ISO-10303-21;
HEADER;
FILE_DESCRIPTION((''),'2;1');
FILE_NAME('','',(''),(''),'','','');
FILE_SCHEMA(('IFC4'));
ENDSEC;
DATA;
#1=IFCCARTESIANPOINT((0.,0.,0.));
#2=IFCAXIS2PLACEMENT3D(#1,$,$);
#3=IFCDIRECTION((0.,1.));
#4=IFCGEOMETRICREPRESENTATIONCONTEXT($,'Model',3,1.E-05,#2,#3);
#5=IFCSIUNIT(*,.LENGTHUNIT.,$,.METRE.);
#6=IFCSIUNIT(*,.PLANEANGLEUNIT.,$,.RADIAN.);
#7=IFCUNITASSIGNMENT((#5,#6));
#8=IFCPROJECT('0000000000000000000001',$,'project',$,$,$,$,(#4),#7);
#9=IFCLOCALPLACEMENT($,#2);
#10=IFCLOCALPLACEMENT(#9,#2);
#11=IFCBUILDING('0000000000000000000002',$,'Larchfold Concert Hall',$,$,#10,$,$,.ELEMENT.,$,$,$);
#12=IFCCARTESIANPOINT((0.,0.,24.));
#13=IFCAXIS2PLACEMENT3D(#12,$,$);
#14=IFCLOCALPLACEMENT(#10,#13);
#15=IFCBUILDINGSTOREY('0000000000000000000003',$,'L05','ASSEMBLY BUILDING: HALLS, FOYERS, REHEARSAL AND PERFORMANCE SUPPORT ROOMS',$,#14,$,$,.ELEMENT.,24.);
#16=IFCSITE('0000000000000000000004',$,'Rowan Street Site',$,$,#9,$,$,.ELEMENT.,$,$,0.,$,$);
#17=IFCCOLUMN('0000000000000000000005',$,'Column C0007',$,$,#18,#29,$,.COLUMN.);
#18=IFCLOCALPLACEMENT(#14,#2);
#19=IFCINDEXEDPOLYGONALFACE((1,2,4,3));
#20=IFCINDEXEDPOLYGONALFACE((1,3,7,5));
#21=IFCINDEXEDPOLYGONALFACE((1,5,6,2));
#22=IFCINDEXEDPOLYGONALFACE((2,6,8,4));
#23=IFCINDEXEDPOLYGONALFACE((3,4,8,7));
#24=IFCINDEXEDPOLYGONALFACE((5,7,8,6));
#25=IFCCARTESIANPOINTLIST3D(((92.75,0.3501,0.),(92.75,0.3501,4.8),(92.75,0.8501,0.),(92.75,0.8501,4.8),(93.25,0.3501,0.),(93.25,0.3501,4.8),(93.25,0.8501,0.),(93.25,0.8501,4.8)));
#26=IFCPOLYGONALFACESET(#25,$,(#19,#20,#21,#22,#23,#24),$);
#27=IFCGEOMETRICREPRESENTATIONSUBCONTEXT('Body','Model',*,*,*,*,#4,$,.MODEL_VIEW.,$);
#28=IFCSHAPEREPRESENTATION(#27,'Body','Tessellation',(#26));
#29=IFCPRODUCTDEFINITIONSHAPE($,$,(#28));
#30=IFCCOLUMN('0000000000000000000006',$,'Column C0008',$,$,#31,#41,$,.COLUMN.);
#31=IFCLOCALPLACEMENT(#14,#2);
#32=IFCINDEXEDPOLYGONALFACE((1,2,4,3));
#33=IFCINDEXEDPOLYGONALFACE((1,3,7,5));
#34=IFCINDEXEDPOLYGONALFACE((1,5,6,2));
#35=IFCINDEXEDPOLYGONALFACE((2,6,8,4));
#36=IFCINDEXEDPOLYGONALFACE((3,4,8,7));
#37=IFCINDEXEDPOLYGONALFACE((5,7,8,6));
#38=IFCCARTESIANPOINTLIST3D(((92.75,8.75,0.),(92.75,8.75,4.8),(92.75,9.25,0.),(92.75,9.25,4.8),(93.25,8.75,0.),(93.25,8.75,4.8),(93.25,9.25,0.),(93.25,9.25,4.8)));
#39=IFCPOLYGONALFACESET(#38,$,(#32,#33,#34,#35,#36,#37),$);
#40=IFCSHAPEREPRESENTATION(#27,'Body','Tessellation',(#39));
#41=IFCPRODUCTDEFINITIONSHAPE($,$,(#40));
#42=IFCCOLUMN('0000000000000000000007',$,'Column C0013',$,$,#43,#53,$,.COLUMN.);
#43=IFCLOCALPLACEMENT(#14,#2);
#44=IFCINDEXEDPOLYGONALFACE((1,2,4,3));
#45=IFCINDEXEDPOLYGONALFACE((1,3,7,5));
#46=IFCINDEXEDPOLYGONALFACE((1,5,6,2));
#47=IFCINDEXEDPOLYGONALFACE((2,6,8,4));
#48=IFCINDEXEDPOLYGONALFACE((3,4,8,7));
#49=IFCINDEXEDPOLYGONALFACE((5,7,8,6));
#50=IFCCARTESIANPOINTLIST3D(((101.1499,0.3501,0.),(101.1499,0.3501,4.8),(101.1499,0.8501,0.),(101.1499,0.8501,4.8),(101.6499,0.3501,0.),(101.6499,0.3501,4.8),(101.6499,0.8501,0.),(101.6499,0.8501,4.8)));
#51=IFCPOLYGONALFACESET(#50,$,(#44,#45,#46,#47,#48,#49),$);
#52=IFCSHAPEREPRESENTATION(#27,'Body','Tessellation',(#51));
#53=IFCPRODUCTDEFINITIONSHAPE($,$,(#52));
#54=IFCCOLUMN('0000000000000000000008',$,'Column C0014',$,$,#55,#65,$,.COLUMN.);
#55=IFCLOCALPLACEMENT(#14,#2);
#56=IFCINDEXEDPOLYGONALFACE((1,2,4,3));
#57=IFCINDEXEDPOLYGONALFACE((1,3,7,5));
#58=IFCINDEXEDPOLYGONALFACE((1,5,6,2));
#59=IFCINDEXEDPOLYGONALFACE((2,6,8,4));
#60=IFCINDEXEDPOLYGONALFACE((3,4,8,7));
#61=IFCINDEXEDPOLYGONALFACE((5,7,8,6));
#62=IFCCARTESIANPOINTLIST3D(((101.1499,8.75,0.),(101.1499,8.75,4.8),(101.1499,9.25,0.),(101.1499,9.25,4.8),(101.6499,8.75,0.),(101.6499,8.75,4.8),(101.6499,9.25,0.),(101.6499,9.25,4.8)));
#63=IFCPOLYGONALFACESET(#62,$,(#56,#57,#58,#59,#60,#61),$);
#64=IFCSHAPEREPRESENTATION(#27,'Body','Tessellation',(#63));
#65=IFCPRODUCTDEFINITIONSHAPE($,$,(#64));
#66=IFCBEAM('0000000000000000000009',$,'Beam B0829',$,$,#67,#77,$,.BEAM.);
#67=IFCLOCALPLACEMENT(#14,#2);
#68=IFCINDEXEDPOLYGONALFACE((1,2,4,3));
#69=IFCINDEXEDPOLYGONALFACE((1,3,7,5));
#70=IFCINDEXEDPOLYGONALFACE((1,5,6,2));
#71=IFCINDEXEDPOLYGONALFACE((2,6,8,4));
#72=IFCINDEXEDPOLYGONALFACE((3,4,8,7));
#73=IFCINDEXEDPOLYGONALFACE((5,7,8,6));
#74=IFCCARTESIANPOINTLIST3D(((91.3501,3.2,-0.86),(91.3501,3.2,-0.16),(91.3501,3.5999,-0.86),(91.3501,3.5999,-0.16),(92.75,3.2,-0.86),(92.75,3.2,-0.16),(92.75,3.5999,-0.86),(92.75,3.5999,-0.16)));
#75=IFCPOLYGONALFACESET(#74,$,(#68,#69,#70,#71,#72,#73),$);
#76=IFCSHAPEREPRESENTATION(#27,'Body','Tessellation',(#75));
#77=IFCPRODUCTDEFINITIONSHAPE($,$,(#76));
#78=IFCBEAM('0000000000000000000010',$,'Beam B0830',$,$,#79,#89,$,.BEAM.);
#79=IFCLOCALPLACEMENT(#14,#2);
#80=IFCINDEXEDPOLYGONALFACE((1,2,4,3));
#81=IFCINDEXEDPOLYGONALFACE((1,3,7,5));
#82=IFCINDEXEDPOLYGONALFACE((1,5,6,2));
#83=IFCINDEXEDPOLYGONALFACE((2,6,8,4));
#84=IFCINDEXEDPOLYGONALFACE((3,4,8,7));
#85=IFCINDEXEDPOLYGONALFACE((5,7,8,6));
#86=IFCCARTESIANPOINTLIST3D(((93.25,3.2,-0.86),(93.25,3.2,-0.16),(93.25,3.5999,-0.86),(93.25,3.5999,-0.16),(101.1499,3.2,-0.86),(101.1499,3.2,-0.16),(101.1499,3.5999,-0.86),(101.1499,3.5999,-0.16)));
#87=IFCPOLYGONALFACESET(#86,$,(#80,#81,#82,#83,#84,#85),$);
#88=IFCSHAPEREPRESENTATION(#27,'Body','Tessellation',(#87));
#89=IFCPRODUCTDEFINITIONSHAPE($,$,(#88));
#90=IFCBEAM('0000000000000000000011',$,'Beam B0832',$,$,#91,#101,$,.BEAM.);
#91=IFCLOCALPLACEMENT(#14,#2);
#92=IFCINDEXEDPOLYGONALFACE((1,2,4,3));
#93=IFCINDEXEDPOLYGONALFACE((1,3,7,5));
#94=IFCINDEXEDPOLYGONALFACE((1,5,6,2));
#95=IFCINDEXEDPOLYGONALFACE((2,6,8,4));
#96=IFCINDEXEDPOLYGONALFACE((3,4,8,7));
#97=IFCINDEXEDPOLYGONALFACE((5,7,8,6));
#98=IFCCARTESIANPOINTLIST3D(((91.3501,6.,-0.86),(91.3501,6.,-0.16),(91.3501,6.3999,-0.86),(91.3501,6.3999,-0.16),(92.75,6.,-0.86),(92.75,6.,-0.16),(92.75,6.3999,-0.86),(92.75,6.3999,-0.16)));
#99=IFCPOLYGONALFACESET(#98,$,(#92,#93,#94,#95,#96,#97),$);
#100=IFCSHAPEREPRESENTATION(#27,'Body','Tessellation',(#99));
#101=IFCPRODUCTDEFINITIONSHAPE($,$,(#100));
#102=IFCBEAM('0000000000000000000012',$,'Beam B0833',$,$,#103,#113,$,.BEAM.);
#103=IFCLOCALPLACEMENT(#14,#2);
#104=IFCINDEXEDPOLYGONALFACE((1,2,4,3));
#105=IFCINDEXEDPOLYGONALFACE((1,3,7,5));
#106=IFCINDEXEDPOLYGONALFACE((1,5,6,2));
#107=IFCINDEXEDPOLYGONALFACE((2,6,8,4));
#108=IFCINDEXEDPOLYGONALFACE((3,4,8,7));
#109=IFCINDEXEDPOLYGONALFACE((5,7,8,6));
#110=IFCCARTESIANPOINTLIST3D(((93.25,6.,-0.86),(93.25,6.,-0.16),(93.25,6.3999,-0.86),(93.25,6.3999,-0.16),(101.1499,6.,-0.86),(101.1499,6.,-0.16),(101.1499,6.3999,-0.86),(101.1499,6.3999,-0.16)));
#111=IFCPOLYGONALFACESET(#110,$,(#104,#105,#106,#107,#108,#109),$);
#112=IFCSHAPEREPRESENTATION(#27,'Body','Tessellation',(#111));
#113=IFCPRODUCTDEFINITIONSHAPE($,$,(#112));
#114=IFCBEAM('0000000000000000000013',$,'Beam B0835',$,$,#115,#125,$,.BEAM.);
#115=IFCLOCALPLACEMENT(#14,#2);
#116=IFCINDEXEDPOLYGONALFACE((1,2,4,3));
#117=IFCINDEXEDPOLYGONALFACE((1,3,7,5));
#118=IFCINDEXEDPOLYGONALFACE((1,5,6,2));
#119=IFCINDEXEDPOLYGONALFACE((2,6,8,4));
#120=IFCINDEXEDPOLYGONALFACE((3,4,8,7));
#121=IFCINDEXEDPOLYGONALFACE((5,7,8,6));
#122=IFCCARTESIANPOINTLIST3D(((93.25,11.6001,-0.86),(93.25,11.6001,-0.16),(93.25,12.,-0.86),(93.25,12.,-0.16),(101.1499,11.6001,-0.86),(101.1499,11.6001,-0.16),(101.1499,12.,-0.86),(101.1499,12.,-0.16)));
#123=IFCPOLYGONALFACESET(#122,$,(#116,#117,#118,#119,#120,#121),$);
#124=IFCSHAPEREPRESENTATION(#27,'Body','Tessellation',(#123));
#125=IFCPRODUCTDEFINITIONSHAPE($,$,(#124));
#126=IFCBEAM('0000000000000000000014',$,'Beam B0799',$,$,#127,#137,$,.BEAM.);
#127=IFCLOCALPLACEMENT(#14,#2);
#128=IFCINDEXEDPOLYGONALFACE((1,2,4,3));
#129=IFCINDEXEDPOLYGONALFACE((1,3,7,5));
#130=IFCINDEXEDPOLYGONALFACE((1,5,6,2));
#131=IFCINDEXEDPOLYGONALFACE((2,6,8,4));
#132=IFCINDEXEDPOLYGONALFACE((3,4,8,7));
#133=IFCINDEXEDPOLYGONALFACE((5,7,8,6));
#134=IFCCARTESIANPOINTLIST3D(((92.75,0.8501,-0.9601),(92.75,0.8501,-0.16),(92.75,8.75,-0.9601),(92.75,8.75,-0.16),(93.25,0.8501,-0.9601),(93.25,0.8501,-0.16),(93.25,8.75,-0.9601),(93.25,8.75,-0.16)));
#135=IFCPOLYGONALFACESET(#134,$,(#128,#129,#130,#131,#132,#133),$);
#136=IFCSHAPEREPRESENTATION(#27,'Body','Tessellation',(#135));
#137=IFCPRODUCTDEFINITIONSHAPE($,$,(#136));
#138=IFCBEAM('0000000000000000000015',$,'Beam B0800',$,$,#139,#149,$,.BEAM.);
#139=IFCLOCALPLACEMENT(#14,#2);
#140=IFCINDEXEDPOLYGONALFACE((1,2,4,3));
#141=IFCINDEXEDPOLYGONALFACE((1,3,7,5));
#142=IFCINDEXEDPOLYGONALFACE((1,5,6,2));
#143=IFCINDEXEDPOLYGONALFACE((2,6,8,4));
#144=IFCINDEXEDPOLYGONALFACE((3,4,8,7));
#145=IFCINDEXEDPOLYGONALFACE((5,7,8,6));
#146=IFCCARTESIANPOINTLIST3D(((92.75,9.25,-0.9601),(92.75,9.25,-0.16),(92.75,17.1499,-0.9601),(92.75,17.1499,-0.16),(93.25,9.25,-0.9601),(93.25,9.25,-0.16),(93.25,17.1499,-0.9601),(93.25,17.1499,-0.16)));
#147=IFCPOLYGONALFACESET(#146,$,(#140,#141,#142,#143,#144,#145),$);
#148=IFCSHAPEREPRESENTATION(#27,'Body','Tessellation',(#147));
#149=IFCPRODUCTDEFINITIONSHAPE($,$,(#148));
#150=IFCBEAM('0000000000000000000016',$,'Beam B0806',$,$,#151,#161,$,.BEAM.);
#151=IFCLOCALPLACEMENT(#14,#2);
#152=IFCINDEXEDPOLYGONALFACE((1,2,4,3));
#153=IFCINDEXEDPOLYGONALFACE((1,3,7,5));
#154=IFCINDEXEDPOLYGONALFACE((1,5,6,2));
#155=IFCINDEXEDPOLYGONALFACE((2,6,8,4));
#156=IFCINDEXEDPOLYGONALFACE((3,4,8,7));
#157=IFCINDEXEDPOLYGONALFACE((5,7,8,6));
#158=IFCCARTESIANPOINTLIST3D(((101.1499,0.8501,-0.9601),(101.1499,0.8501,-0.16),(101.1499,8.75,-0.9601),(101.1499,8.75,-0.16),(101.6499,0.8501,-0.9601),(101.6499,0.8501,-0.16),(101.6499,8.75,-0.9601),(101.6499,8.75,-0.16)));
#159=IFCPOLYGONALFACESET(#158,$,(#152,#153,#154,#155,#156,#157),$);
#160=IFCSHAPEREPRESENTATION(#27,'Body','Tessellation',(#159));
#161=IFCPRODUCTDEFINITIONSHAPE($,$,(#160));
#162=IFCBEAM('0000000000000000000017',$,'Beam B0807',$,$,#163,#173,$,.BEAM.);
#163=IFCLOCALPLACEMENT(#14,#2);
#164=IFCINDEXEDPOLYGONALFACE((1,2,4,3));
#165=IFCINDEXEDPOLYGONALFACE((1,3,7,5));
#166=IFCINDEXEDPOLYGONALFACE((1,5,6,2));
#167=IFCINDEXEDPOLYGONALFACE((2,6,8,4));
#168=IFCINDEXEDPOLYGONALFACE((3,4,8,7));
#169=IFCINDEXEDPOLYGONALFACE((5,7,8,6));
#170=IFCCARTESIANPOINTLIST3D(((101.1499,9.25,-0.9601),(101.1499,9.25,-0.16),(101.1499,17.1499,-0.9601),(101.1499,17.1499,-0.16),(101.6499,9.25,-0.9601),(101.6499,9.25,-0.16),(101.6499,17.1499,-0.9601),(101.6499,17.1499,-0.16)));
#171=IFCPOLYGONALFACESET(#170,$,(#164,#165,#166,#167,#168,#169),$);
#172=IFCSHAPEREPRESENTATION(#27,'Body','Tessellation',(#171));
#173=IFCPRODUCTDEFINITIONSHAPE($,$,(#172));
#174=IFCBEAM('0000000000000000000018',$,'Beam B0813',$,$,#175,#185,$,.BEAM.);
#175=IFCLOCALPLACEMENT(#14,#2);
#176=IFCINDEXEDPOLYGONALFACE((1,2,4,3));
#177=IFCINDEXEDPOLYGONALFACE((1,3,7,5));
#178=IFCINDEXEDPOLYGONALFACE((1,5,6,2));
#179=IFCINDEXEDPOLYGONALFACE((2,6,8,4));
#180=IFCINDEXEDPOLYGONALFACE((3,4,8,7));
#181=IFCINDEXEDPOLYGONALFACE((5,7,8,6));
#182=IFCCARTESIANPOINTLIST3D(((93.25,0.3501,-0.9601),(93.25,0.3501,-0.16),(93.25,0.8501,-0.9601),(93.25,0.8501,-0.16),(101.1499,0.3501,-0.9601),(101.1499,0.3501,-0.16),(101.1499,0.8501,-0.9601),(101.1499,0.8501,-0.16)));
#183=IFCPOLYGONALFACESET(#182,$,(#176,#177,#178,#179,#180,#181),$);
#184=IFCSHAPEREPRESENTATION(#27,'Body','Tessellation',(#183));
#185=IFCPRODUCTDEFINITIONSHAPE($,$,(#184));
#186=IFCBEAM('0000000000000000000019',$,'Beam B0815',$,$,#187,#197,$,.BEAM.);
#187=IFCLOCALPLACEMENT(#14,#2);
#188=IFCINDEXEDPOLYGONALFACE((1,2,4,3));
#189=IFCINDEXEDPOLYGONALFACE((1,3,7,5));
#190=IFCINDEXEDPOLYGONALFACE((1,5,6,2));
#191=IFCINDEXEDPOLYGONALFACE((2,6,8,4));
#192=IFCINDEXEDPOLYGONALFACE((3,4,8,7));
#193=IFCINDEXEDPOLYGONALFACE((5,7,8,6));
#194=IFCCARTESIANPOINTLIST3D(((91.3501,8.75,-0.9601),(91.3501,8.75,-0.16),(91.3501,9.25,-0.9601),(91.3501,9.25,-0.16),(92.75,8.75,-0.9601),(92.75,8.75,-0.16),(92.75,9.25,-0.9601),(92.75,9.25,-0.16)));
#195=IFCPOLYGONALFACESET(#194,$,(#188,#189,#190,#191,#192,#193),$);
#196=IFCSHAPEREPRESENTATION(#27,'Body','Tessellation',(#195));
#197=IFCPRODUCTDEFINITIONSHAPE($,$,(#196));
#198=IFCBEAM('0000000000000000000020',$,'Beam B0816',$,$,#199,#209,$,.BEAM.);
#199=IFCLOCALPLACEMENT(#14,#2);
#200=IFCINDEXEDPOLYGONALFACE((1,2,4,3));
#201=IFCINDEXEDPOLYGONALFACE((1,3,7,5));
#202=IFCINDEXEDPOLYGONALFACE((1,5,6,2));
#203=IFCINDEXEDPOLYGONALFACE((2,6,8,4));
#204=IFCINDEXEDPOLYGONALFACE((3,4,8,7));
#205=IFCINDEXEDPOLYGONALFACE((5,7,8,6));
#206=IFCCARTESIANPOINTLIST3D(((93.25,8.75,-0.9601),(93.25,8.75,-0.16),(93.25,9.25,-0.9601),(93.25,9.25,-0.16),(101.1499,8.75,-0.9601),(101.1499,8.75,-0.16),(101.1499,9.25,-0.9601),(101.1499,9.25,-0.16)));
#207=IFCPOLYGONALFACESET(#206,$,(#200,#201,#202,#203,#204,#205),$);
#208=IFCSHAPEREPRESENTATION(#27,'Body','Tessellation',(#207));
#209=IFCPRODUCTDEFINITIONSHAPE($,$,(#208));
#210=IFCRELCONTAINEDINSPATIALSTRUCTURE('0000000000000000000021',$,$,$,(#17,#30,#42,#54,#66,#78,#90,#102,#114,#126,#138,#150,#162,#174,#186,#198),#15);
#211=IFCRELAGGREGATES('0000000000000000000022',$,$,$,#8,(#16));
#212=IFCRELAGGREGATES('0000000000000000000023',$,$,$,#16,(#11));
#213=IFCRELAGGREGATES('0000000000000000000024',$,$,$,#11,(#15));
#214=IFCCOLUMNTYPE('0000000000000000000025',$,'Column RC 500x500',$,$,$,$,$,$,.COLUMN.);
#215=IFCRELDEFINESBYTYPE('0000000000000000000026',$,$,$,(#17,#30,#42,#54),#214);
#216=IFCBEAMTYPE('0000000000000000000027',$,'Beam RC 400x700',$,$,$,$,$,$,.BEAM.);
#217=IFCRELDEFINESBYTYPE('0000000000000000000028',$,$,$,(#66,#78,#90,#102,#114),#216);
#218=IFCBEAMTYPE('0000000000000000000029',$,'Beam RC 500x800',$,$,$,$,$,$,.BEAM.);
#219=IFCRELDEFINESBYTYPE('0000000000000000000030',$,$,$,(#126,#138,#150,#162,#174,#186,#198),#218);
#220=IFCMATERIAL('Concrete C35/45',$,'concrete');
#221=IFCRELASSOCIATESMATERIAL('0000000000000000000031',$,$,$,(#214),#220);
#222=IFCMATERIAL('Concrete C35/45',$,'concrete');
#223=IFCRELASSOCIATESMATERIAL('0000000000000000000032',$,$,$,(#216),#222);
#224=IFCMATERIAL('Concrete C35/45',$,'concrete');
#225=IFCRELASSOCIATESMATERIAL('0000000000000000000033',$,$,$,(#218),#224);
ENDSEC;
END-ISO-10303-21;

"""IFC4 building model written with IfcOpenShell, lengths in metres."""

from ifc_helpers import new_model, si_unit, direction, frame, origin, origin_2d, place, context, subcontext, project, spatial, rectangle, extrude, material, material_profile, profile_set, type_object, element, save


model = new_model("IFC4")

# Units and contexts
model_context = context("Model", 3, precision=1e-05, world=origin(), true_north=direction((0.0, 1.0)))
body_context = subcontext(model_context, "Body", "Model", "MODEL_VIEW")
ifc_project = project(units=[si_unit("LENGTHUNIT", "METRE"), si_unit("PLANEANGLEUNIT", "RADIAN")], contexts=[model_context])

# Site, building, storey
site_placement = place(None, origin())
site = spatial("IfcSite", under=ifc_project, at=site_placement, Name="Rowan Street Site", CompositionType="ELEMENT", RefElevation=0.0)
building_placement = place(site_placement, origin())
building = spatial("IfcBuilding", under=site, at=building_placement, Name="Larchfold Concert Hall", CompositionType="ELEMENT")
storey_placement = place(building_placement, frame((0.0, 0.0, 24.0)))
storey = spatial("IfcBuildingStorey", under=building, at=storey_placement, Name="L05", Description="ASSEMBLY BUILDING: HALLS, FOYERS, REHEARSAL AND PERFORMANCE SUPPORT ROOMS", CompositionType="ELEMENT", Elevation=24.0)

# Columns
ifc_material_1 = material(Name="Concrete C35/45", Category="concrete")
ifc_material_profile_1 = material_profile(ifc_material_1, rectangle(XDim=0.5, YDim=0.5, at=origin_2d()))
ifc_profile_set_1 = profile_set([ifc_material_profile_1], Name="Concrete C35/45")
column_type = type_object("IfcColumnType", Name="Column RC 500x500", PredefinedType="COLUMN", material=ifc_profile_set_1)
for number, where, z_axis, x_axis, name in (
    (1, (93.0, 0.6001, 0.0), (0.0, 0.0, 1.0), (1.0, 0.0, 0.0), "Column C0007"),
    (2, (93.0, 9.0, 0.0), (0.0, 0.0, 1.0), (1.0, 0.0, 0.0), "Column C0008"),
    (3, (101.3999, 0.6001, 0.0), (0.0, 0.0, 1.0), (1.0, 0.0, 0.0), "Column C0013"),
    (4, (101.3999, 9.0, 0.0), (0.0, 0.0, 1.0), (1.0, 0.0, 0.0), "Column C0014"),
):
    element("IfcColumn", number, at=place(storey_placement, frame(where, z_axis=z_axis, x_axis=x_axis)), inside=storey, type_object=column_type, Name=name, PredefinedType="COLUMN", context=body_context, shape_type="SweptSolid", body=[
        extrude(rectangle(XDim=0.5, YDim=0.5, at=origin_2d()), origin(), (0.0, 0.0, 1.0), 4.8),
    ])

# Beams
ifc_material_2 = material(Name="Concrete C35/45", Category="concrete")
ifc_material_profile_2 = material_profile(ifc_material_2, rectangle(XDim=0.3999, YDim=0.7, at=origin_2d()))
ifc_profile_set_2 = profile_set([ifc_material_profile_2], Name="Concrete C35/45")
beam_type_1 = type_object("IfcBeamType", Name="Beam RC 400x700", PredefinedType="BEAM", material=ifc_profile_set_2)
beam_1_placement = place(storey_placement, frame((91.3501, 3.3999, -0.51), z_axis=(1.0, 0.0, 0.0), x_axis=(0.0, 1.0, 0.0)))
element("IfcBeam", 5, at=beam_1_placement, inside=storey, type_object=beam_type_1, Name="Beam B0829", PredefinedType="BEAM", context=body_context, shape_type="SweptSolid", body=[
    extrude(rectangle(XDim=0.3999, YDim=0.7, at=origin_2d()), origin(), (0.0, 0.0, 1.0), 1.3999),
])
beam_2_placement = place(storey_placement, frame((93.25, 3.3999, -0.51), z_axis=(1.0, 0.0, 0.0), x_axis=(0.0, 1.0, 0.0)))
element("IfcBeam", 6, at=beam_2_placement, inside=storey, type_object=beam_type_1, Name="Beam B0830", PredefinedType="BEAM", context=body_context, shape_type="SweptSolid", body=[
    extrude(rectangle(XDim=0.3999, YDim=0.7, at=origin_2d()), origin(), (0.0, 0.0, 1.0), 7.8999),
])
beam_3_placement = place(storey_placement, frame((91.3501, 6.2, -0.51), z_axis=(1.0, 0.0, 0.0), x_axis=(0.0, 1.0, 0.0)))
element("IfcBeam", 7, at=beam_3_placement, inside=storey, type_object=beam_type_1, Name="Beam B0832", PredefinedType="BEAM", context=body_context, shape_type="SweptSolid", body=[
    extrude(rectangle(XDim=0.3999, YDim=0.7, at=origin_2d()), origin(), (0.0, 0.0, 1.0), 1.3999),
])
for number, where, z_axis, x_axis, name in (
    (8, (93.25, 6.2, -0.51), (1.0, 0.0, 0.0), (0.0, 1.0, 0.0), "Beam B0833"),
    (9, (93.25, 11.8, -0.51), (1.0, 0.0, 0.0), (0.0, 1.0, 0.0), "Beam B0835"),
):
    element("IfcBeam", number, at=place(storey_placement, frame(where, z_axis=z_axis, x_axis=x_axis)), inside=storey, type_object=beam_type_1, Name=name, PredefinedType="BEAM", context=body_context, shape_type="SweptSolid", body=[
        extrude(rectangle(XDim=0.3999, YDim=0.7, at=origin_2d()), origin(), (0.0, 0.0, 1.0), 7.8999),
    ])
ifc_material_3 = material(Name="Concrete C35/45", Category="concrete")
ifc_material_profile_3 = material_profile(ifc_material_3, rectangle(XDim=0.5, YDim=0.8, at=origin_2d()))
ifc_profile_set_3 = profile_set([ifc_material_profile_3], Name="Concrete C35/45")
beam_type_2 = type_object("IfcBeamType", Name="Beam RC 500x800", PredefinedType="BEAM", material=ifc_profile_set_3)
for number, where, z_axis, x_axis, name in (
    (10, (93.0, 0.8501, -0.5601), (0.0, 1.0, 0.0), (-1.0, 0.0, 0.0), "Beam B0799"),
    (11, (93.0, 9.25, -0.5601), (0.0, 1.0, 0.0), (-1.0, 0.0, 0.0), "Beam B0800"),
    (12, (101.3999, 0.8501, -0.5601), (0.0, 1.0, 0.0), (-1.0, 0.0, 0.0), "Beam B0806"),
    (13, (101.3999, 9.25, -0.5601), (0.0, 1.0, 0.0), (-1.0, 0.0, 0.0), "Beam B0807"),
    (14, (93.25, 0.6001, -0.5601), (1.0, 0.0, 0.0), (0.0, 1.0, 0.0), "Beam B0813"),
):
    element("IfcBeam", number, at=place(storey_placement, frame(where, z_axis=z_axis, x_axis=x_axis)), inside=storey, type_object=beam_type_2, Name=name, PredefinedType="BEAM", context=body_context, shape_type="SweptSolid", body=[
        extrude(rectangle(XDim=0.5, YDim=0.8, at=origin_2d()), origin(), (0.0, 0.0, 1.0), 7.8999),
    ])
beam_4_placement = place(storey_placement, frame((91.3501, 9.0, -0.5601), z_axis=(1.0, 0.0, 0.0), x_axis=(0.0, 1.0, 0.0)))
element("IfcBeam", 15, at=beam_4_placement, inside=storey, type_object=beam_type_2, Name="Beam B0815", PredefinedType="BEAM", context=body_context, shape_type="SweptSolid", body=[
    extrude(rectangle(XDim=0.5, YDim=0.8, at=origin_2d()), origin(), (0.0, 0.0, 1.0), 1.3999),
])
beam_5_placement = place(storey_placement, frame((93.25, 9.0, -0.5601), z_axis=(1.0, 0.0, 0.0), x_axis=(0.0, 1.0, 0.0)))
element("IfcBeam", 16, at=beam_5_placement, inside=storey, type_object=beam_type_2, Name="Beam B0816", PredefinedType="BEAM", context=body_context, shape_type="SweptSolid", body=[
    extrude(rectangle(XDim=0.5, YDim=0.8, at=origin_2d()), origin(), (0.0, 0.0, 1.0), 7.8999),
])

save(model, "model.ifc")
